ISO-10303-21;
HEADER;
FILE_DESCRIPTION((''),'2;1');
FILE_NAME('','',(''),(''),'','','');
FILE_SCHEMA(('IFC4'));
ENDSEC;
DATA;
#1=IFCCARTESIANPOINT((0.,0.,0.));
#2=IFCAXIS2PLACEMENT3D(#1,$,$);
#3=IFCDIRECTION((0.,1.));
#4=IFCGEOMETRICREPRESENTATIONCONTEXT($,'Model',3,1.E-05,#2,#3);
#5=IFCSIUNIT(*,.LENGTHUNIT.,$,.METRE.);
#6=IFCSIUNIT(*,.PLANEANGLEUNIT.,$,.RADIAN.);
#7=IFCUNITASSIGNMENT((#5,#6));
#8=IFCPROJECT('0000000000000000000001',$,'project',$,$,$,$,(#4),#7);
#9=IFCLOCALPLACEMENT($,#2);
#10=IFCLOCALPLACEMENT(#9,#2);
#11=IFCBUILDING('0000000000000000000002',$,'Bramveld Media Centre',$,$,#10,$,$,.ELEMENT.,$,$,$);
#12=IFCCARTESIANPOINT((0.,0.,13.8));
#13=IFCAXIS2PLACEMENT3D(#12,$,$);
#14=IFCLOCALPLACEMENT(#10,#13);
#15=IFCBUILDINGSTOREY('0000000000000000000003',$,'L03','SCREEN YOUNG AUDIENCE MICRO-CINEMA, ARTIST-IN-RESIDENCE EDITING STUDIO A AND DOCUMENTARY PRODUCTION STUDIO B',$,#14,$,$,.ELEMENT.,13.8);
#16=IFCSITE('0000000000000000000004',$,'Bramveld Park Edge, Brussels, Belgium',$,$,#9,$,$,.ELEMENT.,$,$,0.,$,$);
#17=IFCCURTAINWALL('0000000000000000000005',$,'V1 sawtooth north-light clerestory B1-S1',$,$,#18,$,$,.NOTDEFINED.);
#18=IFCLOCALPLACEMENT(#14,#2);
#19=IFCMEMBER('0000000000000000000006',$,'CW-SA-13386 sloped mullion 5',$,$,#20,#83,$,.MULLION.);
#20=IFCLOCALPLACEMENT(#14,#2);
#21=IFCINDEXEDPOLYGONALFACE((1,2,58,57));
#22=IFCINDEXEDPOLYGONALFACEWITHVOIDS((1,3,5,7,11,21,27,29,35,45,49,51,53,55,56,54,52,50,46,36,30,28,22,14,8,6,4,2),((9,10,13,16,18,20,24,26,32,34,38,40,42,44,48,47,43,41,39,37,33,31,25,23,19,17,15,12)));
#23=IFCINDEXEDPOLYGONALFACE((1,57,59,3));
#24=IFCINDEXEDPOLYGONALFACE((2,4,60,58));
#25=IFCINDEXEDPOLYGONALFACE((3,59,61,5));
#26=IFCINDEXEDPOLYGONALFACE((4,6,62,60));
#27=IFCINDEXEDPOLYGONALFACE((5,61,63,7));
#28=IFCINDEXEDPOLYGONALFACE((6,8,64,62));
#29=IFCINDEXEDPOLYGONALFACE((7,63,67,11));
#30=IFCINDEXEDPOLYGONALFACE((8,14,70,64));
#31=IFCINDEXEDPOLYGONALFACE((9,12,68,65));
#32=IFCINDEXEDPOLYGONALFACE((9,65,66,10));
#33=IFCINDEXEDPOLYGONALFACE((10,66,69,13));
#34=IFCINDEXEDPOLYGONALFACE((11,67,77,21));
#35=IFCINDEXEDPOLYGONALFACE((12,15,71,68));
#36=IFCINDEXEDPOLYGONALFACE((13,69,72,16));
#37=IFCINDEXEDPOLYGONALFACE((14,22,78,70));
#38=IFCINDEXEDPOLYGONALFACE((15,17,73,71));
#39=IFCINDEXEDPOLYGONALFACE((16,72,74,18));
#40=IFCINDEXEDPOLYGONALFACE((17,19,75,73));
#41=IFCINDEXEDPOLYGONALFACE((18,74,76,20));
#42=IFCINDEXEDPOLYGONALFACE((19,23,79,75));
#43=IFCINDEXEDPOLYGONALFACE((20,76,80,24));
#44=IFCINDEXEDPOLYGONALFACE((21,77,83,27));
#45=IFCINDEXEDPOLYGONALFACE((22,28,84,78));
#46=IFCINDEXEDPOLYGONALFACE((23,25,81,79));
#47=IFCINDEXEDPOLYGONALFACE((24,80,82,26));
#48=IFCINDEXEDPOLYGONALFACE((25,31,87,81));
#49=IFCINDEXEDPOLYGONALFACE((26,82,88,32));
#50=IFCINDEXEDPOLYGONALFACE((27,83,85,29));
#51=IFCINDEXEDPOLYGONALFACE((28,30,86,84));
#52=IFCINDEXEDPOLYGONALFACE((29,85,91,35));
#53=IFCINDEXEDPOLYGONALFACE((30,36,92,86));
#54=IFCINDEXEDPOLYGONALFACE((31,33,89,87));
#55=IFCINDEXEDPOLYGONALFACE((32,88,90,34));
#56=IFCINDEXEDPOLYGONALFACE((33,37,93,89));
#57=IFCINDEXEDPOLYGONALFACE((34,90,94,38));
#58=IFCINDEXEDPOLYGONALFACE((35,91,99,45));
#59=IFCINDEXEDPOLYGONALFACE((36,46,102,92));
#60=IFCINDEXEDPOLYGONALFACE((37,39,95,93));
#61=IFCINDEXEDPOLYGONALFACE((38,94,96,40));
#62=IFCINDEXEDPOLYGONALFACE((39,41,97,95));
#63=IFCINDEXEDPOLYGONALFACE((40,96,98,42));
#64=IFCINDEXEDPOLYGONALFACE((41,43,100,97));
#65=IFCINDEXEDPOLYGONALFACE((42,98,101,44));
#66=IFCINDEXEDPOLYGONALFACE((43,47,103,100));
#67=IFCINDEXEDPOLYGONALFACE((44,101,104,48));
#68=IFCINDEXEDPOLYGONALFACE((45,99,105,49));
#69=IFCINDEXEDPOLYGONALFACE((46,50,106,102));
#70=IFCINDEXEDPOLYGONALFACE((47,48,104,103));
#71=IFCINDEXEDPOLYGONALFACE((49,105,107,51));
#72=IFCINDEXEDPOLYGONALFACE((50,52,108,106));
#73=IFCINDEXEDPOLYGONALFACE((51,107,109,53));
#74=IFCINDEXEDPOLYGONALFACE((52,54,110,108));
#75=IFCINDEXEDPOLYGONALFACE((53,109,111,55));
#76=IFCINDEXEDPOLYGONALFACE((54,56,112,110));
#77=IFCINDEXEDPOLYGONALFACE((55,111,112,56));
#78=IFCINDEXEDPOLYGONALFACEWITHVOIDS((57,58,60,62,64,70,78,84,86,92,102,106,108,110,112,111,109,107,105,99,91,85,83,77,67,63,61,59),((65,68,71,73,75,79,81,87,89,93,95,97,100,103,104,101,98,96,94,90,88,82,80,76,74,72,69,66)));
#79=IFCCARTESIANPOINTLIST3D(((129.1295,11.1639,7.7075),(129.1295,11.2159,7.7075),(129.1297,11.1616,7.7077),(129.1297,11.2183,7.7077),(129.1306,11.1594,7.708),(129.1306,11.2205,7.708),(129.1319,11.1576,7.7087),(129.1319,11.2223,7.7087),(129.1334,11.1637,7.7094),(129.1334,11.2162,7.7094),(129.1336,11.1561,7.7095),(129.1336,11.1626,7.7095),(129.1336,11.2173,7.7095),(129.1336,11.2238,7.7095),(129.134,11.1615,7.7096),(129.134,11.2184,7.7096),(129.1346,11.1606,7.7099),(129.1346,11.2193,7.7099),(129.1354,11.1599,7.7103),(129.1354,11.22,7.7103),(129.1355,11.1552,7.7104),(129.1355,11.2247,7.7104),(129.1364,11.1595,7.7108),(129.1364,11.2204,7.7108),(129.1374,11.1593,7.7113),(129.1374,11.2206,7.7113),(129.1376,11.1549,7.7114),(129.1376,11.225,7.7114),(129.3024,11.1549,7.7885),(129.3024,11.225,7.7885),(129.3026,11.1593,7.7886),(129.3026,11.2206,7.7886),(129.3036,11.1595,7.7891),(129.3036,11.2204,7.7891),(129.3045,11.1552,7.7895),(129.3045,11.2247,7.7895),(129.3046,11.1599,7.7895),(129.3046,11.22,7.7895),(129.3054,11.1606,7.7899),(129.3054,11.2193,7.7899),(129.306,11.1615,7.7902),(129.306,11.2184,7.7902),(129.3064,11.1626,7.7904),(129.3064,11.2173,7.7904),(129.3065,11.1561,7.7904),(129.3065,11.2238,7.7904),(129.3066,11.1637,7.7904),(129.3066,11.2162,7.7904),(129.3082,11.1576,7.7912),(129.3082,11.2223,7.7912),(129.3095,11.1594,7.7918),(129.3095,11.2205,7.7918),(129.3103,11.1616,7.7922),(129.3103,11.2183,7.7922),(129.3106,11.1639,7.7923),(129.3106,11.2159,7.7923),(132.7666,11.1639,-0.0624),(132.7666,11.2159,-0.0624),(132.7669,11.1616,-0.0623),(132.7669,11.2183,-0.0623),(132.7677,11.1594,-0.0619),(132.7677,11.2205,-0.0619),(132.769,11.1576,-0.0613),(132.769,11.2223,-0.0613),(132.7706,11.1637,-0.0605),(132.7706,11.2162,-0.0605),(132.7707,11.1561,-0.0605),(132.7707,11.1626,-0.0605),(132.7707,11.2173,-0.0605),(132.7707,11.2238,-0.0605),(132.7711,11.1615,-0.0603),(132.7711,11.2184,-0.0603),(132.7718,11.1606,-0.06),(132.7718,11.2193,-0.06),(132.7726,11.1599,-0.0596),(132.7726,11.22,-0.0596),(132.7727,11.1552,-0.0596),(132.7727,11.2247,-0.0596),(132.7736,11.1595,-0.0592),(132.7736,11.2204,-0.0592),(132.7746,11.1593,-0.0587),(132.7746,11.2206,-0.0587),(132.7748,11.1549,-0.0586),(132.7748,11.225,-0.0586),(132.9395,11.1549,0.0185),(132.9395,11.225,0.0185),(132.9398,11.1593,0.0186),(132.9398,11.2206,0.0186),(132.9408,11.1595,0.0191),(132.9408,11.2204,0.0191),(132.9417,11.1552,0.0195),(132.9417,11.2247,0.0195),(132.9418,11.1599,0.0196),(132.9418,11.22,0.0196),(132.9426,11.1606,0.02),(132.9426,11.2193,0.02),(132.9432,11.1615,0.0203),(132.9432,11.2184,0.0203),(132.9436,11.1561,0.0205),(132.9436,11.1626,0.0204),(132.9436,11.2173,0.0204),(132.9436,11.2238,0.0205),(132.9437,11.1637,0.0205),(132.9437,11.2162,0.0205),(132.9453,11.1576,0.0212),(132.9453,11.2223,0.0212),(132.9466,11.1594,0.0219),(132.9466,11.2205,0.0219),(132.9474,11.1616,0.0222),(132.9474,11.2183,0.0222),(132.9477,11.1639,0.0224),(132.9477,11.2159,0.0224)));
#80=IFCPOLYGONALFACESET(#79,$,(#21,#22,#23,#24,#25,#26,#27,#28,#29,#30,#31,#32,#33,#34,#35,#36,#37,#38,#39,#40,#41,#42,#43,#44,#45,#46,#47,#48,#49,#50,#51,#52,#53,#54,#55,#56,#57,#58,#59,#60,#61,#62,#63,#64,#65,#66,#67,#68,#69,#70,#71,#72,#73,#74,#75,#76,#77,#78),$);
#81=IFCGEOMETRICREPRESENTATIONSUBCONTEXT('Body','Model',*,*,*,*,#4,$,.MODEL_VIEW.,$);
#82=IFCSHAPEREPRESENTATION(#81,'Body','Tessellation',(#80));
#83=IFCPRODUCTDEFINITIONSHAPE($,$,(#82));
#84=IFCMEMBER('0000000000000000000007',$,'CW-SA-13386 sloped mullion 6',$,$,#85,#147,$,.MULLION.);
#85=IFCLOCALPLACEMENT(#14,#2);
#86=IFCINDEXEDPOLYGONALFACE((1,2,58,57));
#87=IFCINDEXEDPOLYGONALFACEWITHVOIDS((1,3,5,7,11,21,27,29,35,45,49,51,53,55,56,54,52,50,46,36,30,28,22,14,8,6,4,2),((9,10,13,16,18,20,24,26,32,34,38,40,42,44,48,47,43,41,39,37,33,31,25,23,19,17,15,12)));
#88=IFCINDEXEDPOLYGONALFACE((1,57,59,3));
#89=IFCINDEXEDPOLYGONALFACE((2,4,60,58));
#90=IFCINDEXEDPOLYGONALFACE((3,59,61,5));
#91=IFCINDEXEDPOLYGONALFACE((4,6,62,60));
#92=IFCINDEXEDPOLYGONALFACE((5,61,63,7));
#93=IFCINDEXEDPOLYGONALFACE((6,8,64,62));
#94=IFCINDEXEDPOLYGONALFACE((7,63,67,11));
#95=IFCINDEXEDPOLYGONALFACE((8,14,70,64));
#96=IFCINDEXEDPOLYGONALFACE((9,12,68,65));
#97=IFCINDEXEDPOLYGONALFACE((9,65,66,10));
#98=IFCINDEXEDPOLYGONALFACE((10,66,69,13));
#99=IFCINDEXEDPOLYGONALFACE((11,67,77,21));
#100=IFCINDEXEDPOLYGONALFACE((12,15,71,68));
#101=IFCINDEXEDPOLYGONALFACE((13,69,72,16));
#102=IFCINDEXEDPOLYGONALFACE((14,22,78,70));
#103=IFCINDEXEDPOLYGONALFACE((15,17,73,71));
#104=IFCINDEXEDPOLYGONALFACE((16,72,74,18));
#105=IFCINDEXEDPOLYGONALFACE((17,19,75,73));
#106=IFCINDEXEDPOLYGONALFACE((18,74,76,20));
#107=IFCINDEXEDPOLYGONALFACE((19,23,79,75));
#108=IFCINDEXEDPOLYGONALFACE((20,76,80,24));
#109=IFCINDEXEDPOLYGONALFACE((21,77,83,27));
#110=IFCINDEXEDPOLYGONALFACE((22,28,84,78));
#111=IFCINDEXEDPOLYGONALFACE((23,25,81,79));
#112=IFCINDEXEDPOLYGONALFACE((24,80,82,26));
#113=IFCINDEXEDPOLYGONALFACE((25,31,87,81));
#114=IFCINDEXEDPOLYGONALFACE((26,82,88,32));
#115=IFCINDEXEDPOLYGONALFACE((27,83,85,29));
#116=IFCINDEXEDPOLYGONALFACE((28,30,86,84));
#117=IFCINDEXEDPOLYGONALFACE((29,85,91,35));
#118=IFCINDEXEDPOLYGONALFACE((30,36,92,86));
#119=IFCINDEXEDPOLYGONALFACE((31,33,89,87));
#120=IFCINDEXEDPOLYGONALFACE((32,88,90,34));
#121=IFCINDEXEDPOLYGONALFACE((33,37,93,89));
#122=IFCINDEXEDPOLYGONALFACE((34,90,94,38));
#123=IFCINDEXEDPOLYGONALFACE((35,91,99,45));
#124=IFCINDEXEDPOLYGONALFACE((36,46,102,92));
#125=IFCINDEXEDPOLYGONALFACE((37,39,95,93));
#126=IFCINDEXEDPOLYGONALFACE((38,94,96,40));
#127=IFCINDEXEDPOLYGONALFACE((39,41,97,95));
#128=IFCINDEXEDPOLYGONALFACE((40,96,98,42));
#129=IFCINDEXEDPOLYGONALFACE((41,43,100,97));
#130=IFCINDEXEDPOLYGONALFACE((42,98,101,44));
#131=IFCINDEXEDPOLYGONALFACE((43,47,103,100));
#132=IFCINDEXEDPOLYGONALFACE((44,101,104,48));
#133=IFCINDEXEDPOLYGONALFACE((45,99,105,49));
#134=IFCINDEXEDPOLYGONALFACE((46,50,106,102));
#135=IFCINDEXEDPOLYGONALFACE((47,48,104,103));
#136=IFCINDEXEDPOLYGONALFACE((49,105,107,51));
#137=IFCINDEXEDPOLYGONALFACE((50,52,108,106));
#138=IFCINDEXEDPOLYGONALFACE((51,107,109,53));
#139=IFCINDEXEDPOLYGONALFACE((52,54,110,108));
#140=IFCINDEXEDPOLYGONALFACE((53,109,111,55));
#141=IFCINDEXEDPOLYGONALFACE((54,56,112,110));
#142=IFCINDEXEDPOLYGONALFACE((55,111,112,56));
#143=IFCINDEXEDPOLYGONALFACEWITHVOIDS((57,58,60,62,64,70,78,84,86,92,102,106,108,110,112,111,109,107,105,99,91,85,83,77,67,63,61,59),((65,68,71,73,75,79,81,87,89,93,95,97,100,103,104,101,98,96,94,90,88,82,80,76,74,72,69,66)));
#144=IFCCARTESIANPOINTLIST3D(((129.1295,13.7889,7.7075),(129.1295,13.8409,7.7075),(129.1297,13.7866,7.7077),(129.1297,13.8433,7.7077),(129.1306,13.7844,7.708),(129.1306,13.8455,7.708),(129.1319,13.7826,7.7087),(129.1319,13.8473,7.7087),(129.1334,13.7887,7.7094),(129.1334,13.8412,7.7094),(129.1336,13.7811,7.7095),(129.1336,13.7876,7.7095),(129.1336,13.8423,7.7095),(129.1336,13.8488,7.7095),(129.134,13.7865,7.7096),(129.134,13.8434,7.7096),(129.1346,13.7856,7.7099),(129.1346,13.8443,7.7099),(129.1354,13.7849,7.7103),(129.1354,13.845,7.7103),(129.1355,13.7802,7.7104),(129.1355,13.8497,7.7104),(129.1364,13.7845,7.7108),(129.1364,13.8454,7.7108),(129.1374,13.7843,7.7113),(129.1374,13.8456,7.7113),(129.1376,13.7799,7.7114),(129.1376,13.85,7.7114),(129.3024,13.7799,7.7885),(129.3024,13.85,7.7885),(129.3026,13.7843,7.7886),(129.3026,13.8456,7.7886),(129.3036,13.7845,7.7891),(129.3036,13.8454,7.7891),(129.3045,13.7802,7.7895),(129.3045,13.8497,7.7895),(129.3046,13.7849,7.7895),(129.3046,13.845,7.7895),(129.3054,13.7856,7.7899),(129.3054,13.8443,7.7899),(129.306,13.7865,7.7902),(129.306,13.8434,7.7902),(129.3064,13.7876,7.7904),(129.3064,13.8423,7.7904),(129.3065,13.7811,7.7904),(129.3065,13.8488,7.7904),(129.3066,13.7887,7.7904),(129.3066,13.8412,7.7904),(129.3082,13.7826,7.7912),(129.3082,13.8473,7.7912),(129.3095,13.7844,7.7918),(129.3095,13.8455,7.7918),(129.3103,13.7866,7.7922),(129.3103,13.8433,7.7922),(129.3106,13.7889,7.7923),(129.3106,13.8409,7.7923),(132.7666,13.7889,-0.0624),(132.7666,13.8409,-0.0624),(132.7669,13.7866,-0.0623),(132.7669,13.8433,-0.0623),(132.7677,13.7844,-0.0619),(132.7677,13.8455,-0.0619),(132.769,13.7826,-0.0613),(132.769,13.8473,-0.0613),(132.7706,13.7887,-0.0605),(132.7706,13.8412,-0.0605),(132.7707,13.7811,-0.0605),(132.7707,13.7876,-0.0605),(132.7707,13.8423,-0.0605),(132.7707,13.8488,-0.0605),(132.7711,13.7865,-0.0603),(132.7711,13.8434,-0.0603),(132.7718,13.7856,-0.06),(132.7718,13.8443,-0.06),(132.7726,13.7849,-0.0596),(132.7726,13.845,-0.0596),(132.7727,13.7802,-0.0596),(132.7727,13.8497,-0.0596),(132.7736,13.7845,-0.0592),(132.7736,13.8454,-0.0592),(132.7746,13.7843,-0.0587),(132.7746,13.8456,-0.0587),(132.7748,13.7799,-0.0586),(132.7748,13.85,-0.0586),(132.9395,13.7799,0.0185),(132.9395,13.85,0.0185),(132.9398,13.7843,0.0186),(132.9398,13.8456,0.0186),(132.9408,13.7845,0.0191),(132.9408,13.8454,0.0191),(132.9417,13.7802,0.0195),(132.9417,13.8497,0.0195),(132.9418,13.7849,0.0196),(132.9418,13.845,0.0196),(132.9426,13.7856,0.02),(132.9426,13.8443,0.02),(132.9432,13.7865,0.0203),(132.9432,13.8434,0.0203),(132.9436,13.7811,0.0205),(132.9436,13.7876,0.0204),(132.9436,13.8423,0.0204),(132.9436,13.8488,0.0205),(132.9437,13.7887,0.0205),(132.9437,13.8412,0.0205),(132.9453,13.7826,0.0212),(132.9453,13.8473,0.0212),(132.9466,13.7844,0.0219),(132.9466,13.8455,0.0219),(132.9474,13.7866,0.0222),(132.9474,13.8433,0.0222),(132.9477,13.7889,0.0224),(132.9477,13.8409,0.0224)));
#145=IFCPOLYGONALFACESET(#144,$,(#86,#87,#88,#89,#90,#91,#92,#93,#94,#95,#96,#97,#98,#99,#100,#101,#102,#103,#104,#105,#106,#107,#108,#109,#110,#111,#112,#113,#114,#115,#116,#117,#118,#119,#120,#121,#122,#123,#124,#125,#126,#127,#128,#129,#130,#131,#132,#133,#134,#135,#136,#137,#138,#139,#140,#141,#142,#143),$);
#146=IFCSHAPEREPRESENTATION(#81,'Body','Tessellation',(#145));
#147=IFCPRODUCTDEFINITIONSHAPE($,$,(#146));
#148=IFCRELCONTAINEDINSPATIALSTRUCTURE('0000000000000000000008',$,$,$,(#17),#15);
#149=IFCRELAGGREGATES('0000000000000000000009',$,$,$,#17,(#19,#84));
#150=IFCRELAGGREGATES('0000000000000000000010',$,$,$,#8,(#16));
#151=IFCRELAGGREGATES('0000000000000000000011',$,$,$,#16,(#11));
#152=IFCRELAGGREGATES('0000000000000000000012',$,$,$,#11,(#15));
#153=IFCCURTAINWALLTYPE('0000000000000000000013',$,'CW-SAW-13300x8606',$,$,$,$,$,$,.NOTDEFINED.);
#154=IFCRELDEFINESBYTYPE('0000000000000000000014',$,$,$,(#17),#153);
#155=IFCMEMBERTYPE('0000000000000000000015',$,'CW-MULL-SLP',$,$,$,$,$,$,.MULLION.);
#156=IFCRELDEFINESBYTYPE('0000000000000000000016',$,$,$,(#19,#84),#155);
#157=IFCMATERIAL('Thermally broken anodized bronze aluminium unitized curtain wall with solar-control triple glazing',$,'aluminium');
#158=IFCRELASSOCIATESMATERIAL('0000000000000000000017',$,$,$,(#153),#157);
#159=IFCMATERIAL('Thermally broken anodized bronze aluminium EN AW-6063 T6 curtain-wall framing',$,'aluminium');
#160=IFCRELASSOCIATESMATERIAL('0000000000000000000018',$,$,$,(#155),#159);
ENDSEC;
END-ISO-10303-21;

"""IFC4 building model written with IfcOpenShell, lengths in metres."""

from ifc_helpers import new_model, si_unit, direction, frame, origin, origin_2d, place, context, subcontext, project, spatial, hollow_rectangle, extrude, material, material_profile, profile_set, type_object, element, aggregate, save


model = new_model("IFC4")

# Units and contexts
model_context = context("Model", 3, precision=1e-05, world=origin(), true_north=direction((0.0, 1.0)))
body_context = subcontext(model_context, "Body", "Model", "MODEL_VIEW")
ifc_project = project(units=[si_unit("LENGTHUNIT", "METRE"), si_unit("PLANEANGLEUNIT", "RADIAN")], contexts=[model_context])

# Site, building, storey
site_placement = place(None, origin())
site = spatial("IfcSite", under=ifc_project, at=site_placement, Name="Bramveld Park Edge, Brussels, Belgium", CompositionType="ELEMENT", RefElevation=0.0)
building_placement = place(site_placement, origin())
building = spatial("IfcBuilding", under=site, at=building_placement, Name="Bramveld Media Centre", CompositionType="ELEMENT")
storey_placement = place(building_placement, frame((0.0, 0.0, 13.8)))
storey = spatial("IfcBuildingStorey", under=building, at=storey_placement, Name="L03", Description="SCREEN YOUNG AUDIENCE MICRO-CINEMA, ARTIST-IN-RESIDENCE EDITING STUDIO A AND DOCUMENTARY PRODUCTION STUDIO B", CompositionType="ELEMENT", Elevation=13.8)

# Curtain wall, members
ifc_material_1 = material(Name="Thermally broken anodized bronze aluminium unitized curtain wall with solar-control triple glazing", Category="aluminium")
curtain_wall_type = type_object("IfcCurtainWallType", Name="CW-SAW-13300x8606", PredefinedType="NOTDEFINED", material=ifc_material_1)
curtain_wall_1_placement = place(storey_placement, origin())
curtain_wall_1 = element("IfcCurtainWall", 1, at=curtain_wall_1_placement, inside=storey, type_object=curtain_wall_type, Name="V1 sawtooth north-light clerestory B1-S1", PredefinedType="NOTDEFINED")
ifc_material_2 = material(Name="Thermally broken anodized bronze aluminium EN AW-6063 T6 curtain-wall framing", Category="aluminium")
ifc_material_profile_1 = material_profile(ifc_material_2, hollow_rectangle(XDim=0.0701, YDim=0.2, WallThickness=0.0044, InnerFilletRadius=0.0044, OuterFilletRadius=0.009, at=origin_2d()), Name="AL-MULL 70x200")
ifc_profile_set_1 = profile_set([ifc_material_profile_1], Name="Thermally broken anodized bronze aluminium EN AW-6063 T6 curtain-wall framing")
member_type_1 = type_object("IfcMemberType", Name="CW-MULL-SLP", PredefinedType="MULLION", material=ifc_profile_set_1)
member_1_placement = place(storey_placement, frame((132.8572, 11.1899, -0.02), z_axis=(-0.423957, 0.0, 0.905682), x_axis=(0.0, -1.0, 0.0)))
member_1 = element("IfcMember", 2, at=member_1_placement, type_object=member_type_1, Name="CW-SA-13386 sloped mullion 5", PredefinedType="MULLION", context=body_context, shape_type="SweptSolid", body=[
    extrude(hollow_rectangle(XDim=0.0701, YDim=0.2, WallThickness=0.0044, InnerFilletRadius=0.0044, OuterFilletRadius=0.009, at=origin_2d()), origin(), (0.0, 0.0, 1.0), 8.5791),
])
member_2_placement = place(storey_placement, frame((132.8572, 13.8149, -0.02), z_axis=(-0.423957, 0.0, 0.905682), x_axis=(0.0, -1.0, 0.0)))
member_2 = element("IfcMember", 3, at=member_2_placement, type_object=member_type_1, Name="CW-SA-13386 sloped mullion 6", PredefinedType="MULLION", context=body_context, shape_type="SweptSolid", body=[
    extrude(hollow_rectangle(XDim=0.0701, YDim=0.2, WallThickness=0.0044, InnerFilletRadius=0.0044, OuterFilletRadius=0.009, at=origin_2d()), origin(), (0.0, 0.0, 1.0), 8.5791),
])
aggregate(curtain_wall_1, [member_1, member_2])

save(model, "model.ifc")
